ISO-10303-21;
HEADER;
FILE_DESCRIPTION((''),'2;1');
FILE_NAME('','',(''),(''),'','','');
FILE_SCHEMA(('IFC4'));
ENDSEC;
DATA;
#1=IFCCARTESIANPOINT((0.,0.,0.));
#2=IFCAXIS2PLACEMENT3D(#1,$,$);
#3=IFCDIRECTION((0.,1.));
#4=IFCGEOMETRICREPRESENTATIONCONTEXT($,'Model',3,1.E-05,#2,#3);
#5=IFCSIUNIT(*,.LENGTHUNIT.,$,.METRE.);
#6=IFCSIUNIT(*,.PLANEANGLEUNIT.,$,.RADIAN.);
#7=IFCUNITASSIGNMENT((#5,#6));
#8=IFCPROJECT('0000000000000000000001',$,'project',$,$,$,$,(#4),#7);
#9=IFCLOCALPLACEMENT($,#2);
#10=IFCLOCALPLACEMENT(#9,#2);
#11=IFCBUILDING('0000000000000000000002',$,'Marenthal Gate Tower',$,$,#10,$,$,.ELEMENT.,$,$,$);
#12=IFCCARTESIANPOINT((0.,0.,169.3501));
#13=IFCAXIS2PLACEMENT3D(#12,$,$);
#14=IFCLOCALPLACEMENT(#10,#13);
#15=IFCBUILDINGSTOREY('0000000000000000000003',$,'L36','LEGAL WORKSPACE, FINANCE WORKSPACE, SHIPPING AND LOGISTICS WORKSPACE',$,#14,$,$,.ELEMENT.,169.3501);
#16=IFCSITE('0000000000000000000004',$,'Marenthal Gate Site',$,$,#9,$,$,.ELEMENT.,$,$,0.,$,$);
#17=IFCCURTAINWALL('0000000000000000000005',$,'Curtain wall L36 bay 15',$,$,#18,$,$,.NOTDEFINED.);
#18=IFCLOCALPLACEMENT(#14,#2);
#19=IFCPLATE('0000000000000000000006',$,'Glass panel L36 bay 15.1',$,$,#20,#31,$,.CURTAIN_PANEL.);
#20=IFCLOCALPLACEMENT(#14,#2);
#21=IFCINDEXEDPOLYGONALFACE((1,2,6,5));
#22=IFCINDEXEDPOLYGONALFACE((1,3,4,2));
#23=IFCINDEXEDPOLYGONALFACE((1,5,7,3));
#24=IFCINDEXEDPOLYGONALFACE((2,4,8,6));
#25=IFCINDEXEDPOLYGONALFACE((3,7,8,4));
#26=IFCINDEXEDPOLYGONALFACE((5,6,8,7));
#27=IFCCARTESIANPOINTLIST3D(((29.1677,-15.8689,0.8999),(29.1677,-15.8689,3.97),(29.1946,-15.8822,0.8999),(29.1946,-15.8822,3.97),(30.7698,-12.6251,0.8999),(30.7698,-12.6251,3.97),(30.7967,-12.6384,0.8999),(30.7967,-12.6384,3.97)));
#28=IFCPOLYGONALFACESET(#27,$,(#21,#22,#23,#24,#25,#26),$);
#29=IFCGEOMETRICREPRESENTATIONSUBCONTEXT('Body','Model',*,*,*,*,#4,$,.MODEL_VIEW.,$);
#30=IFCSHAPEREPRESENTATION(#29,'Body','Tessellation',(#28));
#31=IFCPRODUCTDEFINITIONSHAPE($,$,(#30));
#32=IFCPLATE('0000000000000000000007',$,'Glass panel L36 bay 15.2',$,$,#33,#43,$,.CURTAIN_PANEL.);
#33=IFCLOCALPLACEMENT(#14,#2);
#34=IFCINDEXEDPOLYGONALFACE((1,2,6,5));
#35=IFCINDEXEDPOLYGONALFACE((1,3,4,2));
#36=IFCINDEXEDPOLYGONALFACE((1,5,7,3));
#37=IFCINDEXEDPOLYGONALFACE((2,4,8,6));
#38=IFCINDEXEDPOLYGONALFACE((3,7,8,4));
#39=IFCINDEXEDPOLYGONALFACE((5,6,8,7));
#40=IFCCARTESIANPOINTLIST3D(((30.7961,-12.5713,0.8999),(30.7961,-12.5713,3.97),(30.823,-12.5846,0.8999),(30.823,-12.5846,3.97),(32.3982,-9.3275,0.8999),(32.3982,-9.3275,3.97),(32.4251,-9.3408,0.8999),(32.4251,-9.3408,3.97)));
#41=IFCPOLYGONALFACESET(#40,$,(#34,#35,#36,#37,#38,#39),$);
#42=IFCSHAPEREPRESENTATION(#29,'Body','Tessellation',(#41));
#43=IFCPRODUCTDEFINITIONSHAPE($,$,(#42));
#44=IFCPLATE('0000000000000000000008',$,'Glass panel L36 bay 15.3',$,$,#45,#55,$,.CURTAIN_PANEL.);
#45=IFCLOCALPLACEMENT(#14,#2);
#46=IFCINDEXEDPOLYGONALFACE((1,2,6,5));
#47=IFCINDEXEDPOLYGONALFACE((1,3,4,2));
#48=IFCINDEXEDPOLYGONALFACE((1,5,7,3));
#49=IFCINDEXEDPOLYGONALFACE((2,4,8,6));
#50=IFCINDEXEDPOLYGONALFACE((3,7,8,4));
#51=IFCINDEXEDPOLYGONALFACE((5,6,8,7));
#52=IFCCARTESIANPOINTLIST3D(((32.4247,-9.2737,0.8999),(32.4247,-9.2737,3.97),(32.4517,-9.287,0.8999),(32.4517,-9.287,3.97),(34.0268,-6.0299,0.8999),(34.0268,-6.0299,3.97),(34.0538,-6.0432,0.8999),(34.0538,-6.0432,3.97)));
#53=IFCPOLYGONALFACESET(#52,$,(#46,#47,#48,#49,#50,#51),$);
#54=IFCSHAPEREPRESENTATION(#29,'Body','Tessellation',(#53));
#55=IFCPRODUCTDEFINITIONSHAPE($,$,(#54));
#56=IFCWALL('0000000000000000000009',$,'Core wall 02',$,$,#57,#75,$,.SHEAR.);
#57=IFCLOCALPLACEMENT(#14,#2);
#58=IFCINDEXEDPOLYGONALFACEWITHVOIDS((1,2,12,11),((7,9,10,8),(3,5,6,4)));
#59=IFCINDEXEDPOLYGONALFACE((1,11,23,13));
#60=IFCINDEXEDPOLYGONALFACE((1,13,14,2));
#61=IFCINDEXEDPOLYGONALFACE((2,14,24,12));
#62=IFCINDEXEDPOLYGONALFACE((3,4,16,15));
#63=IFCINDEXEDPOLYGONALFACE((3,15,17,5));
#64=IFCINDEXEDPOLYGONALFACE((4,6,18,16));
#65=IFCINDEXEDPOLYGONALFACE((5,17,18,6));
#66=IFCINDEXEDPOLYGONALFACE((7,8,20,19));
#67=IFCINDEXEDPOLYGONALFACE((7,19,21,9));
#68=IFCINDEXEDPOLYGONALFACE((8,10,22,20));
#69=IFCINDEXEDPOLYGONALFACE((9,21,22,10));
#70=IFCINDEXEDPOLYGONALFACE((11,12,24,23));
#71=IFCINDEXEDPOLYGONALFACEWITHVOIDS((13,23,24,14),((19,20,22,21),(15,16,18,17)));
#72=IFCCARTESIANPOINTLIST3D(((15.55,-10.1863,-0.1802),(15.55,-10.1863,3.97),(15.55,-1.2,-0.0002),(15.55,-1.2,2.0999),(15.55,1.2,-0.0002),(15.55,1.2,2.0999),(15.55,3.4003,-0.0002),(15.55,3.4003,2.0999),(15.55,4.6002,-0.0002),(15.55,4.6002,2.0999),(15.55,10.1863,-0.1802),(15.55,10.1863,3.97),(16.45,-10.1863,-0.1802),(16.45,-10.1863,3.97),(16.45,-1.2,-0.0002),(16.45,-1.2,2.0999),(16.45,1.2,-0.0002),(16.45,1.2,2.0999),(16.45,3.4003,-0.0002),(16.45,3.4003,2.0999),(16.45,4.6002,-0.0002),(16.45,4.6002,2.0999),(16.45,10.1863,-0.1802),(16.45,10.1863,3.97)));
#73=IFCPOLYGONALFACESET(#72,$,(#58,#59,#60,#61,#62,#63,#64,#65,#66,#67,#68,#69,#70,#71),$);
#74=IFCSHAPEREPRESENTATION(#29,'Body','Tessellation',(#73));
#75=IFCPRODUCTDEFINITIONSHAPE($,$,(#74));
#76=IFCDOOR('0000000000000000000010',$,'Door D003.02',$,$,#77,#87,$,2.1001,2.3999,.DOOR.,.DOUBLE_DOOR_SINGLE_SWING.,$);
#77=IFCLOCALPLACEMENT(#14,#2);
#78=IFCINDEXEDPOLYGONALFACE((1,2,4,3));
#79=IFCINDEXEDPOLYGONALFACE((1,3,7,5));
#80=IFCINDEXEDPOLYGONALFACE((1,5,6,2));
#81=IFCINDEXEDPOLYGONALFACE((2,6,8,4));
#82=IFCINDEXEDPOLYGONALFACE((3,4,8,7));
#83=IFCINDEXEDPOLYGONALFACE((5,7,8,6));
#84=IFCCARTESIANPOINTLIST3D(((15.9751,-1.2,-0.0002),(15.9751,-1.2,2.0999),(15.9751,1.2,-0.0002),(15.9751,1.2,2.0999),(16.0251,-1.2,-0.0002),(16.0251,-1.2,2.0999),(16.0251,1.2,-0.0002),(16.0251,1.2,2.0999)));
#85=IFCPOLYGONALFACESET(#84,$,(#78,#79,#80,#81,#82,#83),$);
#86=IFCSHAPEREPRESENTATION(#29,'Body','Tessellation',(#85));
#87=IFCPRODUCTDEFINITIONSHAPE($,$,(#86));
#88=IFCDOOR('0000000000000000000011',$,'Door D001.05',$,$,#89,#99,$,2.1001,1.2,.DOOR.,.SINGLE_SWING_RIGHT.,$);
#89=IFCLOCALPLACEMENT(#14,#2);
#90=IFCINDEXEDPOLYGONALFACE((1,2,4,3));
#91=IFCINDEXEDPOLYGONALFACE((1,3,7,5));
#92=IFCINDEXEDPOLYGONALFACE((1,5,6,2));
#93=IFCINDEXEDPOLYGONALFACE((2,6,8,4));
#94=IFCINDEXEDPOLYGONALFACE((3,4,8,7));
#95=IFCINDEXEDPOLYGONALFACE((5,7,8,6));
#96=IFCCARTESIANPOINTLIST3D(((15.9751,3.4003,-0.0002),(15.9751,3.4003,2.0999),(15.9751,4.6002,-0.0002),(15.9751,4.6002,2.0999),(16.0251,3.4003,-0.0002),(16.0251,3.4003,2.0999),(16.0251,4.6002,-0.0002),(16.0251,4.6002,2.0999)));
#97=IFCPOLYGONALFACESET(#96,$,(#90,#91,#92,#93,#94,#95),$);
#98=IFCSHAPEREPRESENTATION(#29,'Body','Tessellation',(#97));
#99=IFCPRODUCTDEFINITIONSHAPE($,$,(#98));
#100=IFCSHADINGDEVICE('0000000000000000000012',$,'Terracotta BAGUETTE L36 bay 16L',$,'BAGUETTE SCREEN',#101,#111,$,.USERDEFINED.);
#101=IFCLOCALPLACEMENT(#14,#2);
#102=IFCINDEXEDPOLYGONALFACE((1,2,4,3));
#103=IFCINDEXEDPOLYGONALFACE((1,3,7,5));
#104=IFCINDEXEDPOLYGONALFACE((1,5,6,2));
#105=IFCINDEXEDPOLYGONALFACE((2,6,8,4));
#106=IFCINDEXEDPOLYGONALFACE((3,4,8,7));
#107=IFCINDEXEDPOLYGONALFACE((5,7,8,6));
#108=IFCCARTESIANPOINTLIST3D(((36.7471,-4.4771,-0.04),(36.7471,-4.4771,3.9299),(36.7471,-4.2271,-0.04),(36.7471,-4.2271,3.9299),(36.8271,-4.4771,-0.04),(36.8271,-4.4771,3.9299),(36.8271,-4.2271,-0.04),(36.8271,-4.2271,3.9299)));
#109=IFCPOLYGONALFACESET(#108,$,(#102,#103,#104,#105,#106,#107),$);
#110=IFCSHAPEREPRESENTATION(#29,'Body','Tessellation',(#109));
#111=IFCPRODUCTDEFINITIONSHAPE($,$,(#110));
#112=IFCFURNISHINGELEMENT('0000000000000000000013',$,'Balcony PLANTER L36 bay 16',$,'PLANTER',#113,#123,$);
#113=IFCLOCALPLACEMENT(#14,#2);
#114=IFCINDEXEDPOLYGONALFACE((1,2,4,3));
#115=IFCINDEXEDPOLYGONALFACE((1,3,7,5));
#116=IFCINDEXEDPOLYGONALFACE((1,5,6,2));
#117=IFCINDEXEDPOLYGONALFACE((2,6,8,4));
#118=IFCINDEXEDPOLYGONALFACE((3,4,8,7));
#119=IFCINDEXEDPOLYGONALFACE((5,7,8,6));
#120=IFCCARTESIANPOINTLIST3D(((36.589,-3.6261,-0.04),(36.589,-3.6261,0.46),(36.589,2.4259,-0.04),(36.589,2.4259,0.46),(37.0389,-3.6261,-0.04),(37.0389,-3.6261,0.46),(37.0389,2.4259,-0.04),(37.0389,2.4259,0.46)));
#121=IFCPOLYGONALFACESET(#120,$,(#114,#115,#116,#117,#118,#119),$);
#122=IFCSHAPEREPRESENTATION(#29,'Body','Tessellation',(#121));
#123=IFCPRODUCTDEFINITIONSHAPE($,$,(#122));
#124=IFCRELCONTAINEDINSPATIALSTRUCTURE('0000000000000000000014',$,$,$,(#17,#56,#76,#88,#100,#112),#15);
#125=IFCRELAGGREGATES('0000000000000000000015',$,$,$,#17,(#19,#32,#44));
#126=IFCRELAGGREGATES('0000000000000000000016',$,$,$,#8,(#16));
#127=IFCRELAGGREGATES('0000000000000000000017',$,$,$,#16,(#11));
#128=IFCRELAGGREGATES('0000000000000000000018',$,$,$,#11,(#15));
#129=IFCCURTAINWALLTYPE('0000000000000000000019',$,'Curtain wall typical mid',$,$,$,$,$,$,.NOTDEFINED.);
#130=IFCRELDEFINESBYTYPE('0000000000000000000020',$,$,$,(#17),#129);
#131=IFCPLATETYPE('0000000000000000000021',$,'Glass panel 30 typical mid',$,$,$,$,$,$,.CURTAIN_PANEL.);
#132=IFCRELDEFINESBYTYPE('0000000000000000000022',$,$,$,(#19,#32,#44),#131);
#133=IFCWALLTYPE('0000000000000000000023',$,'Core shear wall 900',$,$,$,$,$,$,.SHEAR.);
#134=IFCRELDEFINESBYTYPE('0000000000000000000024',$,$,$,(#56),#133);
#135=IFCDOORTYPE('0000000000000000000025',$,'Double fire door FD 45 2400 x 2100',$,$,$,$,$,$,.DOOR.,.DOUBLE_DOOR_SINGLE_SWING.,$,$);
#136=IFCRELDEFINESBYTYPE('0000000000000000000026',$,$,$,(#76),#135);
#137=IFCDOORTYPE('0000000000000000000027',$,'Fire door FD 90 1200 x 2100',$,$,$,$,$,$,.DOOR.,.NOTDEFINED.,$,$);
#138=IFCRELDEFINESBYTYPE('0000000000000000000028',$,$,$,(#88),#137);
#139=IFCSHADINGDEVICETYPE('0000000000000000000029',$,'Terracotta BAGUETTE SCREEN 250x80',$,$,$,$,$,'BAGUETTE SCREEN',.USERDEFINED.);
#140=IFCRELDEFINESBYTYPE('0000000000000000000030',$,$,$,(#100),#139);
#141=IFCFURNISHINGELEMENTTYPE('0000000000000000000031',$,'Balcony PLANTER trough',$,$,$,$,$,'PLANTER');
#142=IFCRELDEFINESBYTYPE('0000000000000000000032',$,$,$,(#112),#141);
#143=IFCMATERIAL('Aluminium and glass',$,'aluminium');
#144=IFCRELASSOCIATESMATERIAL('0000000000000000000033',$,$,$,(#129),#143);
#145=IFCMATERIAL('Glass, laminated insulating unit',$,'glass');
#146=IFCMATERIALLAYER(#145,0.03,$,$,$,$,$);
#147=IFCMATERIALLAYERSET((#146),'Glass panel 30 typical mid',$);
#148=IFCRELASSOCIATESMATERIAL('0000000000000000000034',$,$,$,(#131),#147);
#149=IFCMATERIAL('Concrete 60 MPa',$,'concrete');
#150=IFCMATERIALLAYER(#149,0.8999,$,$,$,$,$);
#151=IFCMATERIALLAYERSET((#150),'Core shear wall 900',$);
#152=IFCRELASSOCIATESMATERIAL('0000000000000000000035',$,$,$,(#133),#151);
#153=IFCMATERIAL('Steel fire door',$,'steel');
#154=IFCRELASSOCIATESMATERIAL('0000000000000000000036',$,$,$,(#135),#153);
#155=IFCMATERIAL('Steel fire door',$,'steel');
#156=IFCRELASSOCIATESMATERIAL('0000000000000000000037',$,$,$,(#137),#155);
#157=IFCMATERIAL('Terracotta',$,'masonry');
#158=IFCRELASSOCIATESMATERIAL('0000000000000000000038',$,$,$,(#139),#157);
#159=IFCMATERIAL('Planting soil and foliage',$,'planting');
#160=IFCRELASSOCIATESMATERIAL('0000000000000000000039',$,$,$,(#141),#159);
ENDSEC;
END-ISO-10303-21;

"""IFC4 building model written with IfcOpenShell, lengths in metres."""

from ifc_helpers import new_model, si_unit, direction, frame, frame_2d, origin, origin_2d, place, context, subcontext, project, spatial, rectangle, extrude, material, layer, layer_set, material_profile, profile_set, type_object, element, fill, aggregate, save


model = new_model("IFC4")

# Units and contexts
model_context = context("Model", 3, precision=1e-05, world=origin(), true_north=direction((0.0, 1.0)))
body_context = subcontext(model_context, "Body", "Model", "MODEL_VIEW")
ifc_project = project(units=[si_unit("LENGTHUNIT", "METRE"), si_unit("PLANEANGLEUNIT", "RADIAN")], contexts=[model_context])

# Site, building, storey
site_placement = place(None, origin())
site = spatial("IfcSite", under=ifc_project, at=site_placement, Name="Marenthal Gate Site", CompositionType="ELEMENT", RefElevation=0.0)
building_placement = place(site_placement, origin())
building = spatial("IfcBuilding", under=site, at=building_placement, Name="Marenthal Gate Tower", CompositionType="ELEMENT")
storey_placement = place(building_placement, frame((0.0, 0.0, 169.3501)))
storey = spatial("IfcBuildingStorey", under=building, at=storey_placement, Name="L36", Description="LEGAL WORKSPACE, FINANCE WORKSPACE, SHIPPING AND LOGISTICS WORKSPACE", CompositionType="ELEMENT", Elevation=169.3501)

# Curtain wall
ifc_material_1 = material(Name="Aluminium and glass", Category="aluminium")
curtain_wall_type = type_object("IfcCurtainWallType", Name="Curtain wall typical mid", PredefinedType="NOTDEFINED", material=ifc_material_1)
curtain_wall_placement = place(storey_placement, origin())
curtain_wall = element("IfcCurtainWall", 1, at=curtain_wall_placement, inside=storey, type_object=curtain_wall_type, Name="Curtain wall L36 bay 15", PredefinedType="NOTDEFINED")

# Plates
ifc_material_2 = material(Name="Glass, laminated insulating unit", Category="glass")
ifc_layer_1 = layer(ifc_material_2, 0.03)
ifc_layer_set_1 = layer_set([ifc_layer_1], Name="Glass panel 30 typical mid")
plate_type = type_object("IfcPlateType", Name="Glass panel 30 typical mid", PredefinedType="CURTAIN_PANEL", material=ifc_layer_set_1)
plate_1_placement = place(storey_placement, frame((29.9822, -14.2537, 0.8999), z_axis=(0.0, 0.0, 1.0), x_axis=(0.442824, 0.896609, 0.0)))
plate_1 = element("IfcPlate", 2, at=plate_1_placement, type_object=plate_type, Name="Glass panel L36 bay 15.1", PredefinedType="CURTAIN_PANEL", context=body_context, shape_type="SweptSolid", body=[
    extrude(rectangle(XDim=3.6179, YDim=0.03, at=origin_2d()), origin(), (0.0, 0.0, 1.0), 3.0701),
])
plate_2_placement = place(storey_placement, frame((31.6106, -10.9561, 0.8999), z_axis=(0.0, 0.0, 1.0), x_axis=(0.442824, 0.896609, 0.0)))
plate_2 = element("IfcPlate", 3, at=plate_2_placement, type_object=plate_type, Name="Glass panel L36 bay 15.2", PredefinedType="CURTAIN_PANEL", context=body_context, shape_type="SweptSolid", body=[
    extrude(rectangle(XDim=3.6179, YDim=0.03, at=origin_2d()), origin(), (0.0, 0.0, 1.0), 3.0701),
])
plate_3_placement = place(storey_placement, frame((33.2393, -7.6584, 0.8999), z_axis=(0.0, 0.0, 1.0), x_axis=(0.442824, 0.896609, 0.0)))
plate_3 = element("IfcPlate", 4, at=plate_3_placement, type_object=plate_type, Name="Glass panel L36 bay 15.3", PredefinedType="CURTAIN_PANEL", context=body_context, shape_type="SweptSolid", body=[
    extrude(rectangle(XDim=3.6179, YDim=0.03, at=origin_2d()), origin(), (0.0, 0.0, 1.0), 3.0701),
])
aggregate(curtain_wall, [plate_1, plate_2, plate_3])

# Wall, openings, doors
ifc_material_3 = material(Name="Concrete 60 MPa", Category="concrete")
ifc_layer_2 = layer(ifc_material_3, 0.8999)
ifc_layer_set_2 = layer_set([ifc_layer_2], Name="Core shear wall 900")
wall_type_1 = type_object("IfcWallType", Name="Core shear wall 900", PredefinedType="SHEAR", material=ifc_layer_set_2)
wall_1_placement = place(storey_placement, frame((16.0, -10.1863, -0.1802), z_axis=(0.0, 0.0, 1.0), x_axis=(0.0, 1.0, 0.0)))
wall_1 = element("IfcWall", 5, at=wall_1_placement, inside=storey, type_object=wall_type_1, Name="Core wall 02", PredefinedType="SHEAR", context=body_context, shape_type="SweptSolid", body=[
    extrude(rectangle(XDim=20.3726, YDim=0.8999, at=frame_2d((10.1863, 0.0))), origin(), (0.0, 0.0, 1.0), 4.1501),
])
opening_1_placement = place(wall_1_placement, frame((8.9863, 0.0, 0.1799)))
opening_1 = element("IfcOpeningElement", 6, at=opening_1_placement, cuts=wall_1, PredefinedType="OPENING", context=body_context, shape_type="SweptSolid", body=[
    extrude(rectangle(XDim=2.3999, YDim=2.1001, at=frame_2d((1.2, 1.05))), frame((0.0, 0.46, 0.0), z_axis=(0.0, -1.0, 0.0), x_axis=(1.0, 0.0, 0.0)), (0.0, 0.0, 1.0), 0.9199),
])
opening_2_placement = place(wall_1_placement, frame((13.5864, 0.0, 0.1799)))
opening_2 = element("IfcOpeningElement", 7, at=opening_2_placement, cuts=wall_1, PredefinedType="OPENING", context=body_context, shape_type="SweptSolid", body=[
    extrude(rectangle(XDim=1.2, YDim=2.1001, at=frame_2d((0.6001, 1.05))), frame((0.0, 0.46, 0.0), z_axis=(0.0, -1.0, 0.0), x_axis=(1.0, 0.0, 0.0)), (0.0, 0.0, 1.0), 0.9199),
])
ifc_material_4 = material(Name="Steel fire door", Category="steel")
door_type_1 = type_object("IfcDoorType", Name="Double fire door FD 45 2400 x 2100", OperationType="DOUBLE_DOOR_SINGLE_SWING", PredefinedType="DOOR", material=ifc_material_4)
door_1_placement = place(opening_1_placement, origin())
door_1 = element("IfcDoor", 8, at=door_1_placement, inside=storey, type_object=door_type_1, Name="Door D003.02", OperationType="DOUBLE_DOOR_SINGLE_SWING", OverallHeight=2.1001, OverallWidth=2.3999, PredefinedType="DOOR", context=body_context, shape_type="SweptSolid", body=[
    extrude(rectangle(XDim=2.3999, YDim=2.1001, at=frame_2d((1.2, 1.05))), frame((0.0, 0.0249, 0.0), z_axis=(0.0, -1.0, 0.0), x_axis=(1.0, 0.0, 0.0)), (0.0, 0.0, 1.0), 0.05),
])
fill(opening_1, door_1)
ifc_material_5 = material(Name="Steel fire door", Category="steel")
door_type_2 = type_object("IfcDoorType", Name="Fire door FD 90 1200 x 2100", OperationType="NOTDEFINED", PredefinedType="DOOR", material=ifc_material_5)
door_2_placement = place(opening_2_placement, origin())
door_2 = element("IfcDoor", 9, at=door_2_placement, inside=storey, type_object=door_type_2, Name="Door D001.05", OperationType="SINGLE_SWING_RIGHT", OverallHeight=2.1001, OverallWidth=1.2, PredefinedType="DOOR", context=body_context, shape_type="SweptSolid", body=[
    extrude(rectangle(XDim=1.2, YDim=2.1001, at=frame_2d((0.6001, 1.05))), frame((0.0, 0.0249, 0.0), z_axis=(0.0, -1.0, 0.0), x_axis=(1.0, 0.0, 0.0)), (0.0, 0.0, 1.0), 0.05),
])
fill(opening_2, door_2)

# Shading device
ifc_material_6 = material(Name="Terracotta", Category="masonry")
ifc_material_profile_1 = material_profile(ifc_material_6, rectangle(XDim=0.25, YDim=0.0801, at=origin_2d()), Name="Terracotta baguette 250x80")
ifc_profile_set_1 = profile_set([ifc_material_profile_1], Name="Terracotta")
shading_device_type = type_object("IfcShadingDeviceType", Name="Terracotta BAGUETTE SCREEN 250x80", ElementType="BAGUETTE SCREEN", PredefinedType="USERDEFINED", material=ifc_profile_set_1)
shading_device_placement = place(storey_placement, frame((36.7871, -4.3521, -0.04), z_axis=(0.0, 0.0, 1.0), x_axis=(0.0, 1.0, 0.0)))
element("IfcShadingDevice", 10, at=shading_device_placement, inside=storey, type_object=shading_device_type, Name="Terracotta BAGUETTE L36 bay 16L", ObjectType="BAGUETTE SCREEN", PredefinedType="USERDEFINED", context=body_context, shape_type="SweptSolid", body=[
    extrude(rectangle(XDim=0.25, YDim=0.0801, at=origin_2d()), origin(), (0.0, 0.0, 1.0), 3.97),
])

# Furnishing element
ifc_material_7 = material(Name="Planting soil and foliage", Category="planting")
furnishing_element_type = type_object("IfcFurnishingElementType", Name="Balcony PLANTER trough", ElementType="PLANTER", material=ifc_material_7)
furnishing_placement = place(storey_placement, frame((36.814, -0.6001, -0.04), z_axis=(0.0, 0.0, 1.0), x_axis=(0.0, 1.0, 0.0)))
element("IfcFurnishingElement", 11, at=furnishing_placement, inside=storey, type_object=furnishing_element_type, Name="Balcony PLANTER L36 bay 16", ObjectType="PLANTER", context=body_context, shape_type="SweptSolid", body=[
    extrude(rectangle(XDim=6.052, YDim=0.45, at=origin_2d()), origin(), (0.0, 0.0, 1.0), 0.5),
])

save(model, "model.ifc")
